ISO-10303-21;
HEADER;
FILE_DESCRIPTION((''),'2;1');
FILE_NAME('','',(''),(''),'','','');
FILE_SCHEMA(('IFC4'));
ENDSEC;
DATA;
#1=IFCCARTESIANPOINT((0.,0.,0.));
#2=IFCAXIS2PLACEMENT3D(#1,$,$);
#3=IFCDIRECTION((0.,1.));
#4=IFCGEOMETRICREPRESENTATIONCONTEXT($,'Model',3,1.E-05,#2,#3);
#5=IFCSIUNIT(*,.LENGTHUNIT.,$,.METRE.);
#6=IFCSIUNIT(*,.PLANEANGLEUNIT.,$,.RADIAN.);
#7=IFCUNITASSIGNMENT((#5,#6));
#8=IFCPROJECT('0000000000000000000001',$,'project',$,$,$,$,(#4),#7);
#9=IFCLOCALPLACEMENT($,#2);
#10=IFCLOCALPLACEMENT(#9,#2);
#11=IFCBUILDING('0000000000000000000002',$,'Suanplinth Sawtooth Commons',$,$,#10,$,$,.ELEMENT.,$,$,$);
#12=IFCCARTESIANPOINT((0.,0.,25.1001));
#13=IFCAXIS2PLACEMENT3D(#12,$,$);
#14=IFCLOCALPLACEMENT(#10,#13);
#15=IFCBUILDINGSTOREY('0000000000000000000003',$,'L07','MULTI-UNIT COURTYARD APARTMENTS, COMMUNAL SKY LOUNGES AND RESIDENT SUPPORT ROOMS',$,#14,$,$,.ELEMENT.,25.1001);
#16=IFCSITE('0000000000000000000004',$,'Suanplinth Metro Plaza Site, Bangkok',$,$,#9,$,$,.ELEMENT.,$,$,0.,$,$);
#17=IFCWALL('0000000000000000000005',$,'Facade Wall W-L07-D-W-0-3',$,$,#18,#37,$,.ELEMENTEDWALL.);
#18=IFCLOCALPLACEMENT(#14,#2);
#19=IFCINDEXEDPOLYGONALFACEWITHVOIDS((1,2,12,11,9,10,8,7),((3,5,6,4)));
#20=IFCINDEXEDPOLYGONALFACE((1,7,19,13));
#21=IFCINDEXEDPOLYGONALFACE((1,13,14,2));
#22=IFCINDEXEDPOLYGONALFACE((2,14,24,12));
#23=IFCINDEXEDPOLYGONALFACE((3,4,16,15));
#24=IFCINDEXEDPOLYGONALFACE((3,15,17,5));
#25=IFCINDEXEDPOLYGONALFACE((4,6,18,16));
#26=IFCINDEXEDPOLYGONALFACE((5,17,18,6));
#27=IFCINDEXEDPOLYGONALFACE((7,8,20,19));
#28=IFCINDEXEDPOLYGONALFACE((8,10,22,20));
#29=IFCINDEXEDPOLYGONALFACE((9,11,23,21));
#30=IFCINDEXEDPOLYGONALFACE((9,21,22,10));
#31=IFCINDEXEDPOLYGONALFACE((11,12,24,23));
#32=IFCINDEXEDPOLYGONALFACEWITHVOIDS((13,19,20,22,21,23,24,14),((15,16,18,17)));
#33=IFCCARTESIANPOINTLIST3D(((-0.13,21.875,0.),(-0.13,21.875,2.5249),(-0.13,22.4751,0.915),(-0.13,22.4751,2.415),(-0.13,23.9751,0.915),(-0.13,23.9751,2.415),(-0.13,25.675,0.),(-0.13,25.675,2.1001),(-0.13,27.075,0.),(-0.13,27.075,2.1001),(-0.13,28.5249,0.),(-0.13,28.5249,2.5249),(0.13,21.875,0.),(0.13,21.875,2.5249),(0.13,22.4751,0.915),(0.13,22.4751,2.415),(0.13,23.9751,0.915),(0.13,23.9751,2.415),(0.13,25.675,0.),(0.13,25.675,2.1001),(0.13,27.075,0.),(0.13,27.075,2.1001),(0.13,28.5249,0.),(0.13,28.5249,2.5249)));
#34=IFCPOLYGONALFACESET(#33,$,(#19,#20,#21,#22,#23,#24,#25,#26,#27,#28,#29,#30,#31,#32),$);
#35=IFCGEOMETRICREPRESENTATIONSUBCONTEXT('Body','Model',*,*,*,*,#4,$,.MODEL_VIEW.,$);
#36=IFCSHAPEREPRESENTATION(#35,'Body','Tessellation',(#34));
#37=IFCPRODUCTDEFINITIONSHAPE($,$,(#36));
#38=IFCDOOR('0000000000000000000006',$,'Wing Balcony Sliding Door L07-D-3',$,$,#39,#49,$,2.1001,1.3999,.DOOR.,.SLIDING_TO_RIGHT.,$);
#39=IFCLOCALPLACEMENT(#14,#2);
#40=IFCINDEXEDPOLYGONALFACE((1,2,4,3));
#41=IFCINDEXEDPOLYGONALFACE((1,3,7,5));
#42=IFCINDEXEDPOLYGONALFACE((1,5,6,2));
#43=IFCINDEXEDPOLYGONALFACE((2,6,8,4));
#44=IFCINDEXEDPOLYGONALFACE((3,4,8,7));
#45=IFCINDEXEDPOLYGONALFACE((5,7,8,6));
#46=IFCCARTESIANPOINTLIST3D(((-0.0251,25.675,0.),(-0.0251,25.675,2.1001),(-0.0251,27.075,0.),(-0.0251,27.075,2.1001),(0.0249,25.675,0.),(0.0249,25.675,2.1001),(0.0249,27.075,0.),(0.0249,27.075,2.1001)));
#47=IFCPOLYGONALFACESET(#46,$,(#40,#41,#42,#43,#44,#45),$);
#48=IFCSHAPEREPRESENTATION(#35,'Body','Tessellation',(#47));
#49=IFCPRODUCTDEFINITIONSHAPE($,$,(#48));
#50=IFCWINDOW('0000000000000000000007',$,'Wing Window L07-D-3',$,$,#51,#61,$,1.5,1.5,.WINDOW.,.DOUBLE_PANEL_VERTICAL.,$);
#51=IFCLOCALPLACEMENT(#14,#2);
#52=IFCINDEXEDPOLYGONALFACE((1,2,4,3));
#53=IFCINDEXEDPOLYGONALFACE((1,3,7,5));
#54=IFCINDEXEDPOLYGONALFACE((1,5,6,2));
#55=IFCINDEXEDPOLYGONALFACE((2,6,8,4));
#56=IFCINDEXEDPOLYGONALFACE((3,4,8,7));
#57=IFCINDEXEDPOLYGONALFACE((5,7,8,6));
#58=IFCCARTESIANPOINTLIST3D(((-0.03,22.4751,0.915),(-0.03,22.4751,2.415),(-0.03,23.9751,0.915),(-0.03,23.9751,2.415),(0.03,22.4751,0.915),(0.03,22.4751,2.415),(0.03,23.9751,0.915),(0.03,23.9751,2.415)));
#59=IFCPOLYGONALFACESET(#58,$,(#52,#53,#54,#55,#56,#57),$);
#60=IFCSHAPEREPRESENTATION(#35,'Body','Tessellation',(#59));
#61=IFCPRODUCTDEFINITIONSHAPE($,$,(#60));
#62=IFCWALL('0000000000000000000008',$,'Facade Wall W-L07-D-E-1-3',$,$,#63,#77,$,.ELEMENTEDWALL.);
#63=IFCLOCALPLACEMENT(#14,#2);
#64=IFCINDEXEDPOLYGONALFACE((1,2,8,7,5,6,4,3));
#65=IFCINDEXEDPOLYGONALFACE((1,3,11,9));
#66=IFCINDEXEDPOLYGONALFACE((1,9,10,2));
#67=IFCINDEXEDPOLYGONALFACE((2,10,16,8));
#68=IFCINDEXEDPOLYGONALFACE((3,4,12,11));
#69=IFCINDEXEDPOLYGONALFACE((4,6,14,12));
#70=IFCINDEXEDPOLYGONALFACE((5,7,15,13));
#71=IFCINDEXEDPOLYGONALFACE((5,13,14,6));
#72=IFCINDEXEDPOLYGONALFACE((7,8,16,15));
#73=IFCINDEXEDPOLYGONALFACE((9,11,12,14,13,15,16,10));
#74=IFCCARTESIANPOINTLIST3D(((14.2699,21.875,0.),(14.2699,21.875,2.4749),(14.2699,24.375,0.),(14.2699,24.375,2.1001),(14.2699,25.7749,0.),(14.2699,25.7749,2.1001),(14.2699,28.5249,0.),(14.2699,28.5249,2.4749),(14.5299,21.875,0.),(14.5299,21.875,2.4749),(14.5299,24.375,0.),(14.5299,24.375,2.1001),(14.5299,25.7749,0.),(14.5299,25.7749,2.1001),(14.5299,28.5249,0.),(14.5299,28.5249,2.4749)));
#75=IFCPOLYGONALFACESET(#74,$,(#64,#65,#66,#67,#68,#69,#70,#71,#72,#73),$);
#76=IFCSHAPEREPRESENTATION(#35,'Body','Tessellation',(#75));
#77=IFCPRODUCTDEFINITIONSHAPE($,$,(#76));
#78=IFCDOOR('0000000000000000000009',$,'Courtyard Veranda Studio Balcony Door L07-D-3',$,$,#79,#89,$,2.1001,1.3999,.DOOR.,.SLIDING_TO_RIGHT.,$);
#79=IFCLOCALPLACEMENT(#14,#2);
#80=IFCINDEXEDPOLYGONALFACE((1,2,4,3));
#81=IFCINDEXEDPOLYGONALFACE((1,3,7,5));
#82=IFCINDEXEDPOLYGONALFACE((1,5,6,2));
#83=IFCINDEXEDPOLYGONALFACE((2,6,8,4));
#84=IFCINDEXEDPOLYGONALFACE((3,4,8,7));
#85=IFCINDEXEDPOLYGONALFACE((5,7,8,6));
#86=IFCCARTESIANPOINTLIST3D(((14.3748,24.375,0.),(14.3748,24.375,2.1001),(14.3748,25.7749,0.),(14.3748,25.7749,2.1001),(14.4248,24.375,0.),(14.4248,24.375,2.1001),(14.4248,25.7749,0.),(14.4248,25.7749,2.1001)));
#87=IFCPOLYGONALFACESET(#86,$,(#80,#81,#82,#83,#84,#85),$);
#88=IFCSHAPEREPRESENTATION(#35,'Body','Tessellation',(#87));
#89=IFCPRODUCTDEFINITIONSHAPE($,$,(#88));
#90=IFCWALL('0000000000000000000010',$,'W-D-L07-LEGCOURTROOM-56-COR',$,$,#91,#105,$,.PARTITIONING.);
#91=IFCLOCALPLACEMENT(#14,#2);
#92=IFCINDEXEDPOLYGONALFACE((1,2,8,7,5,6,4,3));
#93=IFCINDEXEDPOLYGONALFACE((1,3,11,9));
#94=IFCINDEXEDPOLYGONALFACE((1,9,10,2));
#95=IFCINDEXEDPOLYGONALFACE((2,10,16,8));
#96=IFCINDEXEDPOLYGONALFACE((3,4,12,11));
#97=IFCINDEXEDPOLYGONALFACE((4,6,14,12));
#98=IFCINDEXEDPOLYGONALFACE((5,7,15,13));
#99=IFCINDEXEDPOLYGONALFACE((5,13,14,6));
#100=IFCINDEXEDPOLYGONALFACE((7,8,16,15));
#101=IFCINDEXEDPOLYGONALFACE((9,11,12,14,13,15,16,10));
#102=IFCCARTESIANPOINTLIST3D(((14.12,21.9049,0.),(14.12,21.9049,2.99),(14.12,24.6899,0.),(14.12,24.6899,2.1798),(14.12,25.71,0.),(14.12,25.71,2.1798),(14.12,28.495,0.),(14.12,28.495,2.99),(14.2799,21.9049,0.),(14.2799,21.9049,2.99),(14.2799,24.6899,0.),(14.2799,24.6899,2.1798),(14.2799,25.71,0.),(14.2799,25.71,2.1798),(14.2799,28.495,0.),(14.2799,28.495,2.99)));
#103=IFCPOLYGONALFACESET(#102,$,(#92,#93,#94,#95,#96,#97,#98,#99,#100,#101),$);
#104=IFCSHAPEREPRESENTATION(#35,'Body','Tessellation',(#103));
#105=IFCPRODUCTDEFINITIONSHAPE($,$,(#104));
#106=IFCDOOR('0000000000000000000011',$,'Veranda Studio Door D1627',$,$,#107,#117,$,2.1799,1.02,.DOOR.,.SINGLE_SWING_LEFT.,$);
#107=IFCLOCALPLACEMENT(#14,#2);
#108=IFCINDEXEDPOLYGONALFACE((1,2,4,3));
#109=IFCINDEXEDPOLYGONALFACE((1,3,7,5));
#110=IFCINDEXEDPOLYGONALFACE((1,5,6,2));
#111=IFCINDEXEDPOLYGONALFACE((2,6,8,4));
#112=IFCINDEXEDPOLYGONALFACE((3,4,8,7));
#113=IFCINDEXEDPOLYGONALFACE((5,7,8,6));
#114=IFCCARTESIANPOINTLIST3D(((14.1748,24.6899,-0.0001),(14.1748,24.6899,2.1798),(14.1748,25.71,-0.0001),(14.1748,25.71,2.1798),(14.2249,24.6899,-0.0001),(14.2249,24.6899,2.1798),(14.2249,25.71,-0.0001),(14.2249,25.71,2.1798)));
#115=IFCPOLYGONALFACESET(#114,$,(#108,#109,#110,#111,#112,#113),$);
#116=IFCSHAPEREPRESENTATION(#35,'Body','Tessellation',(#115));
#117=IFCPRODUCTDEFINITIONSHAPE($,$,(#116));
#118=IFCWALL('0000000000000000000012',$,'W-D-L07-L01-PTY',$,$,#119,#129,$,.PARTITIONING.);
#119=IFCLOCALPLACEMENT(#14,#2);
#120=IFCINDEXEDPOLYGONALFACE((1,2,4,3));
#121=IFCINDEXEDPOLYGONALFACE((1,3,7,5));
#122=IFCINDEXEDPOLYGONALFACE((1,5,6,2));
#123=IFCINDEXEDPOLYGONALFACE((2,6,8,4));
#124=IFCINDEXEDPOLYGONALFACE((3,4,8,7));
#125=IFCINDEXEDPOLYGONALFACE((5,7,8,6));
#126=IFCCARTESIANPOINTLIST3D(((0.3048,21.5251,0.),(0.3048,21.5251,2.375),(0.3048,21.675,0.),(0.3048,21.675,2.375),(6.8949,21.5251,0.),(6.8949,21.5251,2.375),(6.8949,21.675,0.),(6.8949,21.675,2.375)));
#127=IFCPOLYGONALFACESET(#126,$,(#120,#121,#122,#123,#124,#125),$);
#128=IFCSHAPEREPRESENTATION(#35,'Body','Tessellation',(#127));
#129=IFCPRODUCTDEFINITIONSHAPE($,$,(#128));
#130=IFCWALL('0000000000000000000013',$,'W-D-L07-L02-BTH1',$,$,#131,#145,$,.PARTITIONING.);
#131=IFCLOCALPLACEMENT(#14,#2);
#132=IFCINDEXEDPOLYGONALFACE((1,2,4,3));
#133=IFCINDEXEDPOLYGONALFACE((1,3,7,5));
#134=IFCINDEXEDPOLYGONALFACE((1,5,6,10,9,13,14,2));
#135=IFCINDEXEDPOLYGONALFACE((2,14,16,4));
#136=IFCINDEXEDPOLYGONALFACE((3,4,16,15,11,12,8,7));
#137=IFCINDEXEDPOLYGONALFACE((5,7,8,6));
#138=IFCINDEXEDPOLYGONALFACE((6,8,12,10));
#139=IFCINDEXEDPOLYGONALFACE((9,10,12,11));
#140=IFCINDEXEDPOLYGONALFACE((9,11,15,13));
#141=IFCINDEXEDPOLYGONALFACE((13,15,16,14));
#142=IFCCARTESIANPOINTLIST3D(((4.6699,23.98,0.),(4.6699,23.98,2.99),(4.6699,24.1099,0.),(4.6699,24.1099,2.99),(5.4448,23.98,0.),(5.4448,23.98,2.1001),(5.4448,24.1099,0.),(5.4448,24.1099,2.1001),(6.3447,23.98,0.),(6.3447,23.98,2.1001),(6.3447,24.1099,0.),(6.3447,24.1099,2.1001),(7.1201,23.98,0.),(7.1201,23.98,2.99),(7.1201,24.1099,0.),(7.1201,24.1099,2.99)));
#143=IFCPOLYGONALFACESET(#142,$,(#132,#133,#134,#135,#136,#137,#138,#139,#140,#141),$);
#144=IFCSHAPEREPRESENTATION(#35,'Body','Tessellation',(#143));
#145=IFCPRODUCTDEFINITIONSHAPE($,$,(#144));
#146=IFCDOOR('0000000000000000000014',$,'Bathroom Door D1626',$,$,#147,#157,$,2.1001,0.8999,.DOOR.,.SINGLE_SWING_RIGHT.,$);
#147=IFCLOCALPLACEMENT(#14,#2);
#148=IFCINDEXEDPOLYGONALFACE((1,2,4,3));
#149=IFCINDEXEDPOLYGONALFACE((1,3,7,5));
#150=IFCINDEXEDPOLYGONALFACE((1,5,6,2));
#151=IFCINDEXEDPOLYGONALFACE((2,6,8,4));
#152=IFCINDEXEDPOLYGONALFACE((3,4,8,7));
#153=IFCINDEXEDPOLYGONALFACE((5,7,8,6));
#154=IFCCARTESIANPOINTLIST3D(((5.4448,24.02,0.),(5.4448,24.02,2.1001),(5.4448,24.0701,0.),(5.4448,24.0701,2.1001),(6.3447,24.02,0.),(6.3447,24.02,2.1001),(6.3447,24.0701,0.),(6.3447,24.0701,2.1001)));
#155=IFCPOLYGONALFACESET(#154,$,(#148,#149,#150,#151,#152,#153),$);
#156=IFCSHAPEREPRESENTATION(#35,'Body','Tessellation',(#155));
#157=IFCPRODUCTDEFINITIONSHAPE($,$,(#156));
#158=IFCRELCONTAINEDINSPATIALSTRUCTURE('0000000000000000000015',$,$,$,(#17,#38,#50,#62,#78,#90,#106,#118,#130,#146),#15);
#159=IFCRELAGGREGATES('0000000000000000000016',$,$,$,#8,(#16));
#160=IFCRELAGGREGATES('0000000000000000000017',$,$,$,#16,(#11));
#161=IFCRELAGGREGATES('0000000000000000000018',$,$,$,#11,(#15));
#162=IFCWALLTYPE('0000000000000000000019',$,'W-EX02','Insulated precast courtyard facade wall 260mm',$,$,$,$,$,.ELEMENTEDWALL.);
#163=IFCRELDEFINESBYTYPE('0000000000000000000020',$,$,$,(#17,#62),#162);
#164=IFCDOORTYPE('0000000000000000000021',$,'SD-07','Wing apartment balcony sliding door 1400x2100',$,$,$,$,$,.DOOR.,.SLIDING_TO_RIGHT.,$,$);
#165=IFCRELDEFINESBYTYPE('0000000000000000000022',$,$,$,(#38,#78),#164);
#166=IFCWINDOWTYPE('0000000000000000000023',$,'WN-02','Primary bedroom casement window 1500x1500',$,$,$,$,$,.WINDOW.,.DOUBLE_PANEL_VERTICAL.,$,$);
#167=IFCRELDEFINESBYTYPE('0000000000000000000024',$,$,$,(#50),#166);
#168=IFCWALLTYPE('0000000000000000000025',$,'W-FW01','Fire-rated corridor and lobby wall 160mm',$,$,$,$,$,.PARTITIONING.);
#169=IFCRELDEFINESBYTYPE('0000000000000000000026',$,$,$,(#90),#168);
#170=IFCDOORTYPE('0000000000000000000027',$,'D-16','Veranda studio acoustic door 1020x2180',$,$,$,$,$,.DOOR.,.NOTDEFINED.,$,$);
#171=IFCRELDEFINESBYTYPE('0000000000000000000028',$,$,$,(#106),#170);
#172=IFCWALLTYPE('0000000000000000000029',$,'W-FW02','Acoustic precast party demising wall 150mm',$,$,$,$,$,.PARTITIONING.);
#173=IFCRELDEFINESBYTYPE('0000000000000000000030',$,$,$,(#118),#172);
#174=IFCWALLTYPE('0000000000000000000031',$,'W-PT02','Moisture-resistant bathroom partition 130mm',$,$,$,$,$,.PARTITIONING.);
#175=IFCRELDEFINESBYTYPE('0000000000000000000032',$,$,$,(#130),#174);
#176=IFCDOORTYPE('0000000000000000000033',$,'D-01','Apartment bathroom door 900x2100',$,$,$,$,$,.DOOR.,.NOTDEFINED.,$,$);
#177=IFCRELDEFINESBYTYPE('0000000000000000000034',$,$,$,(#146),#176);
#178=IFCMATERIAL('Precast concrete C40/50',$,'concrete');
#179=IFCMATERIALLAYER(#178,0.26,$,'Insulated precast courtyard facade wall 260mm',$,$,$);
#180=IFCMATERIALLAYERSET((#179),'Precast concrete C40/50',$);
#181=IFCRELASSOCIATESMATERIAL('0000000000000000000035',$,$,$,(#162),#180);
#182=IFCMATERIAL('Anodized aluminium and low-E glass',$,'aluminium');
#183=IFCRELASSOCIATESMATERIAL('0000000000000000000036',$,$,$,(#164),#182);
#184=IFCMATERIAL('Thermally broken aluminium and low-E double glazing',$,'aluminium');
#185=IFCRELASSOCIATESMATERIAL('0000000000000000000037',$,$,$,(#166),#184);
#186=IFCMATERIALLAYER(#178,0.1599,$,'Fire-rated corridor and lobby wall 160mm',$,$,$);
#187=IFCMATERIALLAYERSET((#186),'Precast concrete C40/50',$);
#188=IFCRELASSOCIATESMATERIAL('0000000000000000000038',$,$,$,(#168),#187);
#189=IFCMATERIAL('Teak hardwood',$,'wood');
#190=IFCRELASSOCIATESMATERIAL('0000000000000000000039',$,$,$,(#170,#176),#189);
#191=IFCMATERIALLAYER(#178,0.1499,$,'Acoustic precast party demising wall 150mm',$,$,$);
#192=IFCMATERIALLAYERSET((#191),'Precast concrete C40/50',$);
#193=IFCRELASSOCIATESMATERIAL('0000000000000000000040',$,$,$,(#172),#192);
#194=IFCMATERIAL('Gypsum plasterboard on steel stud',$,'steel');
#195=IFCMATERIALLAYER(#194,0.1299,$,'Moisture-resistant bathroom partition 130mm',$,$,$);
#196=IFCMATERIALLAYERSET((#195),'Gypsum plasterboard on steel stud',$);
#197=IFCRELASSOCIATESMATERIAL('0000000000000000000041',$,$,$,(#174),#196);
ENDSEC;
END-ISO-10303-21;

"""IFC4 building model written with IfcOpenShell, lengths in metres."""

from ifc_helpers import new_model, si_unit, direction, frame, frame_2d, origin, place, context, subcontext, project, spatial, rectangle, extrude, material, layer, layer_set, type_object, element, fill, save


model = new_model("IFC4")

# Units and contexts
model_context = context("Model", 3, precision=1e-05, world=origin(), true_north=direction((0.0, 1.0)))
body_context = subcontext(model_context, "Body", "Model", "MODEL_VIEW")
ifc_project = project(units=[si_unit("LENGTHUNIT", "METRE"), si_unit("PLANEANGLEUNIT", "RADIAN")], contexts=[model_context])

# Site, building, storey
site_placement = place(None, origin())
site = spatial("IfcSite", under=ifc_project, at=site_placement, Name="Suanplinth Metro Plaza Site, Bangkok", CompositionType="ELEMENT", RefElevation=0.0)
building_placement = place(site_placement, origin())
building = spatial("IfcBuilding", under=site, at=building_placement, Name="Suanplinth Sawtooth Commons", CompositionType="ELEMENT")
storey_placement = place(building_placement, frame((0.0, 0.0, 25.1001)))
storey = spatial("IfcBuildingStorey", under=building, at=storey_placement, Name="L07", Description="MULTI-UNIT COURTYARD APARTMENTS, COMMUNAL SKY LOUNGES AND RESIDENT SUPPORT ROOMS", CompositionType="ELEMENT", Elevation=25.1001)

# Shared definitions
ifc_material_1 = material(Name="Precast concrete C40/50", Category="concrete")

# Shared definitions
ifc_layer_1 = layer(ifc_material_1, 0.26, Name="Insulated precast courtyard facade wall 260mm")
ifc_layer_set_1 = layer_set([ifc_layer_1], Name="Precast concrete C40/50")
wall_type_1 = type_object("IfcWallType", Name="W-EX02", Description="Insulated precast courtyard facade wall 260mm", PredefinedType="ELEMENTEDWALL", material=ifc_layer_set_1)
ifc_material_2 = material(Name="Anodized aluminium and low-E glass", Category="aluminium")

# Wall, openings, door, window
wall_1_placement = place(storey_placement, frame((0.0, 21.875, 0.0), z_axis=(0.0, 0.0, 1.0), x_axis=(0.0, 1.0, 0.0)))
wall_1 = element("IfcWall", 1, at=wall_1_placement, inside=storey, type_object=wall_type_1, Name="Facade Wall W-L07-D-W-0-3", PredefinedType="ELEMENTEDWALL", context=body_context, shape_type="SweptSolid", body=[
    extrude(rectangle(XDim=6.6499, YDim=0.26, at=frame_2d((3.325, 0.0))), origin(), (0.0, 0.0, 1.0), 2.5249),
])
opening_1_placement = place(wall_1_placement, frame((3.8, 0.0, 0.0)))
opening_1 = element("IfcOpeningElement", 2, at=opening_1_placement, cuts=wall_1, PredefinedType="OPENING", context=body_context, shape_type="SweptSolid", body=[
    extrude(rectangle(XDim=1.3999, YDim=2.1001, at=frame_2d((0.7, 1.05))), frame((0.0, 0.145, 0.0), z_axis=(0.0, -1.0, 0.0), x_axis=(1.0, 0.0, 0.0)), (0.0, 0.0, 1.0), 0.2898),
])
opening_2_placement = place(wall_1_placement, frame((0.6001, 0.0, 0.915)))
opening_2 = element("IfcOpeningElement", 3, at=opening_2_placement, cuts=wall_1, PredefinedType="OPENING", context=body_context, shape_type="SweptSolid", body=[
    extrude(rectangle(XDim=1.5, YDim=1.5, at=frame_2d((0.75, 0.75))), frame((0.0, 0.145, 0.0), z_axis=(0.0, -1.0, 0.0), x_axis=(1.0, 0.0, 0.0)), (0.0, 0.0, 1.0), 0.2898),
])
door_type_1 = type_object("IfcDoorType", Name="SD-07", Description="Wing apartment balcony sliding door 1400x2100", OperationType="SLIDING_TO_RIGHT", PredefinedType="DOOR", material=ifc_material_2)
door_1_placement = place(opening_1_placement, frame((1.3999, 0.0, 0.0), z_axis=(0.0, 0.0, 1.0), x_axis=(-1.0, 0.0, 0.0)))
door_1 = element("IfcDoor", 4, at=door_1_placement, inside=storey, type_object=door_type_1, Name="Wing Balcony Sliding Door L07-D-3", OperationType="SLIDING_TO_RIGHT", OverallHeight=2.1001, OverallWidth=1.3999, PredefinedType="DOOR", context=body_context, shape_type="SweptSolid", body=[
    extrude(rectangle(XDim=1.3999, YDim=2.1001, at=frame_2d((0.7, 1.05))), frame((0.0, 0.0249, 0.0), z_axis=(0.0, -1.0, 0.0), x_axis=(1.0, 0.0, 0.0)), (0.0, 0.0, 1.0), 0.05),
])
fill(opening_1, door_1)
ifc_material_3 = material(Name="Thermally broken aluminium and low-E double glazing", Category="aluminium")
window_type = type_object("IfcWindowType", Name="WN-02", Description="Primary bedroom casement window 1500x1500", PartitioningType="DOUBLE_PANEL_VERTICAL", PredefinedType="WINDOW", material=ifc_material_3)
window_placement = place(opening_2_placement, origin())
window = element("IfcWindow", 5, at=window_placement, inside=storey, type_object=window_type, Name="Wing Window L07-D-3", OverallHeight=1.5, OverallWidth=1.5, PartitioningType="DOUBLE_PANEL_VERTICAL", PredefinedType="WINDOW", context=body_context, shape_type="SweptSolid", body=[
    extrude(rectangle(XDim=1.5, YDim=1.5, at=frame_2d((0.75, 0.75))), frame((0.0, 0.03, 0.0), z_axis=(0.0, -1.0, 0.0), x_axis=(1.0, 0.0, 0.0)), (0.0, 0.0, 1.0), 0.0601),
])
fill(opening_2, window)

# Walls, openings, doors
wall_2_placement = place(storey_placement, frame((14.3999, 21.875, 0.0), z_axis=(0.0, 0.0, 1.0), x_axis=(0.0, 1.0, 0.0)))
wall_2 = element("IfcWall", 6, at=wall_2_placement, inside=storey, type_object=wall_type_1, Name="Facade Wall W-L07-D-E-1-3", PredefinedType="ELEMENTEDWALL", context=body_context, shape_type="SweptSolid", body=[
    extrude(rectangle(XDim=6.6499, YDim=0.26, at=frame_2d((3.325, 0.0))), origin(), (0.0, 0.0, 1.0), 2.4749),
])
opening_3_placement = place(wall_2_placement, frame((2.5, 0.0, 0.0)))
opening_3 = element("IfcOpeningElement", 7, at=opening_3_placement, cuts=wall_2, PredefinedType="OPENING", context=body_context, shape_type="SweptSolid", body=[
    extrude(rectangle(XDim=1.3999, YDim=2.1001, at=frame_2d((0.7, 1.05))), frame((0.0, 0.145, 0.0), z_axis=(0.0, -1.0, 0.0), x_axis=(1.0, 0.0, 0.0)), (0.0, 0.0, 1.0), 0.2898),
])
door_2_placement = place(opening_3_placement, frame((1.3999, 0.0, 0.0), z_axis=(0.0, 0.0, 1.0), x_axis=(-1.0, 0.0, 0.0)))
door_2 = element("IfcDoor", 8, at=door_2_placement, inside=storey, type_object=door_type_1, Name="Courtyard Veranda Studio Balcony Door L07-D-3", OperationType="SLIDING_TO_RIGHT", OverallHeight=2.1001, OverallWidth=1.3999, PredefinedType="DOOR", context=body_context, shape_type="SweptSolid", body=[
    extrude(rectangle(XDim=1.3999, YDim=2.1001, at=frame_2d((0.7, 1.05))), frame((0.0, 0.0249, 0.0), z_axis=(0.0, -1.0, 0.0), x_axis=(1.0, 0.0, 0.0)), (0.0, 0.0, 1.0), 0.05),
])
fill(opening_3, door_2)
ifc_layer_2 = layer(ifc_material_1, 0.1599, Name="Fire-rated corridor and lobby wall 160mm")
ifc_layer_set_2 = layer_set([ifc_layer_2], Name="Precast concrete C40/50")
wall_type_2 = type_object("IfcWallType", Name="W-FW01", Description="Fire-rated corridor and lobby wall 160mm", PredefinedType="PARTITIONING", material=ifc_layer_set_2)
wall_3_placement = place(storey_placement, frame((14.2, 21.905, 0.0), z_axis=(0.0, 0.0, 1.0), x_axis=(0.0, 1.0, 0.0)))
wall_3 = element("IfcWall", 9, at=wall_3_placement, inside=storey, type_object=wall_type_2, Name="W-D-L07-LEGCOURTROOM-56-COR", PredefinedType="PARTITIONING", context=body_context, shape_type="SweptSolid", body=[
    extrude(rectangle(XDim=6.5901, YDim=0.1599, at=frame_2d((3.2949, 0.0))), origin(), (0.0, 0.0, 1.0), 2.99),
])
opening_4_placement = place(wall_3_placement, frame((2.7849, 0.0, 0.0)))
opening_4 = element("IfcOpeningElement", 10, at=opening_4_placement, cuts=wall_3, PredefinedType="OPENING", context=body_context, shape_type="SweptSolid", body=[
    extrude(rectangle(XDim=1.02, YDim=2.1799, at=frame_2d((0.51, 1.0898))), frame((0.0, 0.0947, 0.0), z_axis=(0.0, -1.0, 0.0), x_axis=(1.0, 0.0, 0.0)), (0.0, 0.0, 1.0), 0.1897),
])
ifc_material_4 = material(Name="Teak hardwood", Category="wood")
door_type_2 = type_object("IfcDoorType", Name="D-16", Description="Veranda studio acoustic door 1020x2180", OperationType="NOTDEFINED", PredefinedType="DOOR", material=ifc_material_4)
door_3_placement = place(opening_4_placement, frame((1.02, 0.0, 0.0), z_axis=(0.0, 0.0, 1.0), x_axis=(-1.0, 0.0, 0.0)))
door_3 = element("IfcDoor", 11, at=door_3_placement, inside=storey, type_object=door_type_2, Name="Veranda Studio Door D1627", OperationType="SINGLE_SWING_LEFT", OverallHeight=2.1799, OverallWidth=1.02, PredefinedType="DOOR", context=body_context, shape_type="SweptSolid", body=[
    extrude(rectangle(XDim=1.02, YDim=2.1799, at=frame_2d((0.51, 1.0898))), frame((0.0, 0.0249, 0.0), z_axis=(0.0, -1.0, 0.0), x_axis=(1.0, 0.0, 0.0)), (0.0, 0.0, 1.0), 0.05),
])
fill(opening_4, door_3)

# Wall
ifc_layer_3 = layer(ifc_material_1, 0.1499, Name="Acoustic precast party demising wall 150mm")
ifc_layer_set_3 = layer_set([ifc_layer_3], Name="Precast concrete C40/50")
wall_type_3 = type_object("IfcWallType", Name="W-FW02", Description="Acoustic precast party demising wall 150mm", PredefinedType="PARTITIONING", material=ifc_layer_set_3)
wall_4_placement = place(storey_placement, frame((0.3049, 21.6001, 0.0), z_axis=(0.0, 0.0, 1.0), x_axis=(1.0, 0.0, 0.0)))
element("IfcWall", 12, at=wall_4_placement, inside=storey, type_object=wall_type_3, Name="W-D-L07-L01-PTY", PredefinedType="PARTITIONING", context=body_context, shape_type="SweptSolid", body=[
    extrude(rectangle(XDim=6.5901, YDim=0.1499, at=frame_2d((3.2949, 0.0))), origin(), (0.0, 0.0, 1.0), 2.375),
])

# Wall, opening, door
ifc_material_5 = material(Name="Gypsum plasterboard on steel stud", Category="steel")
ifc_layer_4 = layer(ifc_material_5, 0.1299, Name="Moisture-resistant bathroom partition 130mm")
ifc_layer_set_4 = layer_set([ifc_layer_4], Name="Gypsum plasterboard on steel stud")
wall_type_4 = type_object("IfcWallType", Name="W-PT02", Description="Moisture-resistant bathroom partition 130mm", PredefinedType="PARTITIONING", material=ifc_layer_set_4)
wall_5_placement = place(storey_placement, frame((4.6699, 24.0449, 0.0), z_axis=(0.0, 0.0, 1.0), x_axis=(1.0, 0.0, 0.0)))
wall_5 = element("IfcWall", 13, at=wall_5_placement, inside=storey, type_object=wall_type_4, Name="W-D-L07-L02-BTH1", PredefinedType="PARTITIONING", context=body_context, shape_type="SweptSolid", body=[
    extrude(rectangle(XDim=2.4502, YDim=0.1299, at=frame_2d((1.2251, 0.0))), origin(), (0.0, 0.0, 1.0), 2.99),
])
opening_5_placement = place(wall_5_placement, frame((0.7749, 0.0, 0.0)))
opening_5 = element("IfcOpeningElement", 14, at=opening_5_placement, cuts=wall_5, PredefinedType="OPENING", context=body_context, shape_type="SweptSolid", body=[
    extrude(rectangle(XDim=0.8999, YDim=2.1001, at=frame_2d((0.45, 1.05))), frame((0.0, 0.0798, 0.0), z_axis=(0.0, -1.0, 0.0), x_axis=(1.0, 0.0, 0.0)), (0.0, 0.0, 1.0), 0.1597),
])
door_type_3 = type_object("IfcDoorType", Name="D-01", Description="Apartment bathroom door 900x2100", OperationType="NOTDEFINED", PredefinedType="DOOR", material=ifc_material_4)
door_4_placement = place(opening_5_placement, frame((0.8999, 0.0, 0.0), z_axis=(0.0, 0.0, 1.0), x_axis=(-1.0, 0.0, 0.0)))
door_4 = element("IfcDoor", 15, at=door_4_placement, inside=storey, type_object=door_type_3, Name="Bathroom Door D1626", OperationType="SINGLE_SWING_RIGHT", OverallHeight=2.1001, OverallWidth=0.8999, PredefinedType="DOOR", context=body_context, shape_type="SweptSolid", body=[
    extrude(rectangle(XDim=0.8999, YDim=2.1001, at=frame_2d((0.45, 1.05))), frame((0.0, 0.0249, 0.0), z_axis=(0.0, -1.0, 0.0), x_axis=(1.0, 0.0, 0.0)), (0.0, 0.0, 1.0), 0.05),
])
fill(opening_5, door_4)

save(model, "model.ifc")
